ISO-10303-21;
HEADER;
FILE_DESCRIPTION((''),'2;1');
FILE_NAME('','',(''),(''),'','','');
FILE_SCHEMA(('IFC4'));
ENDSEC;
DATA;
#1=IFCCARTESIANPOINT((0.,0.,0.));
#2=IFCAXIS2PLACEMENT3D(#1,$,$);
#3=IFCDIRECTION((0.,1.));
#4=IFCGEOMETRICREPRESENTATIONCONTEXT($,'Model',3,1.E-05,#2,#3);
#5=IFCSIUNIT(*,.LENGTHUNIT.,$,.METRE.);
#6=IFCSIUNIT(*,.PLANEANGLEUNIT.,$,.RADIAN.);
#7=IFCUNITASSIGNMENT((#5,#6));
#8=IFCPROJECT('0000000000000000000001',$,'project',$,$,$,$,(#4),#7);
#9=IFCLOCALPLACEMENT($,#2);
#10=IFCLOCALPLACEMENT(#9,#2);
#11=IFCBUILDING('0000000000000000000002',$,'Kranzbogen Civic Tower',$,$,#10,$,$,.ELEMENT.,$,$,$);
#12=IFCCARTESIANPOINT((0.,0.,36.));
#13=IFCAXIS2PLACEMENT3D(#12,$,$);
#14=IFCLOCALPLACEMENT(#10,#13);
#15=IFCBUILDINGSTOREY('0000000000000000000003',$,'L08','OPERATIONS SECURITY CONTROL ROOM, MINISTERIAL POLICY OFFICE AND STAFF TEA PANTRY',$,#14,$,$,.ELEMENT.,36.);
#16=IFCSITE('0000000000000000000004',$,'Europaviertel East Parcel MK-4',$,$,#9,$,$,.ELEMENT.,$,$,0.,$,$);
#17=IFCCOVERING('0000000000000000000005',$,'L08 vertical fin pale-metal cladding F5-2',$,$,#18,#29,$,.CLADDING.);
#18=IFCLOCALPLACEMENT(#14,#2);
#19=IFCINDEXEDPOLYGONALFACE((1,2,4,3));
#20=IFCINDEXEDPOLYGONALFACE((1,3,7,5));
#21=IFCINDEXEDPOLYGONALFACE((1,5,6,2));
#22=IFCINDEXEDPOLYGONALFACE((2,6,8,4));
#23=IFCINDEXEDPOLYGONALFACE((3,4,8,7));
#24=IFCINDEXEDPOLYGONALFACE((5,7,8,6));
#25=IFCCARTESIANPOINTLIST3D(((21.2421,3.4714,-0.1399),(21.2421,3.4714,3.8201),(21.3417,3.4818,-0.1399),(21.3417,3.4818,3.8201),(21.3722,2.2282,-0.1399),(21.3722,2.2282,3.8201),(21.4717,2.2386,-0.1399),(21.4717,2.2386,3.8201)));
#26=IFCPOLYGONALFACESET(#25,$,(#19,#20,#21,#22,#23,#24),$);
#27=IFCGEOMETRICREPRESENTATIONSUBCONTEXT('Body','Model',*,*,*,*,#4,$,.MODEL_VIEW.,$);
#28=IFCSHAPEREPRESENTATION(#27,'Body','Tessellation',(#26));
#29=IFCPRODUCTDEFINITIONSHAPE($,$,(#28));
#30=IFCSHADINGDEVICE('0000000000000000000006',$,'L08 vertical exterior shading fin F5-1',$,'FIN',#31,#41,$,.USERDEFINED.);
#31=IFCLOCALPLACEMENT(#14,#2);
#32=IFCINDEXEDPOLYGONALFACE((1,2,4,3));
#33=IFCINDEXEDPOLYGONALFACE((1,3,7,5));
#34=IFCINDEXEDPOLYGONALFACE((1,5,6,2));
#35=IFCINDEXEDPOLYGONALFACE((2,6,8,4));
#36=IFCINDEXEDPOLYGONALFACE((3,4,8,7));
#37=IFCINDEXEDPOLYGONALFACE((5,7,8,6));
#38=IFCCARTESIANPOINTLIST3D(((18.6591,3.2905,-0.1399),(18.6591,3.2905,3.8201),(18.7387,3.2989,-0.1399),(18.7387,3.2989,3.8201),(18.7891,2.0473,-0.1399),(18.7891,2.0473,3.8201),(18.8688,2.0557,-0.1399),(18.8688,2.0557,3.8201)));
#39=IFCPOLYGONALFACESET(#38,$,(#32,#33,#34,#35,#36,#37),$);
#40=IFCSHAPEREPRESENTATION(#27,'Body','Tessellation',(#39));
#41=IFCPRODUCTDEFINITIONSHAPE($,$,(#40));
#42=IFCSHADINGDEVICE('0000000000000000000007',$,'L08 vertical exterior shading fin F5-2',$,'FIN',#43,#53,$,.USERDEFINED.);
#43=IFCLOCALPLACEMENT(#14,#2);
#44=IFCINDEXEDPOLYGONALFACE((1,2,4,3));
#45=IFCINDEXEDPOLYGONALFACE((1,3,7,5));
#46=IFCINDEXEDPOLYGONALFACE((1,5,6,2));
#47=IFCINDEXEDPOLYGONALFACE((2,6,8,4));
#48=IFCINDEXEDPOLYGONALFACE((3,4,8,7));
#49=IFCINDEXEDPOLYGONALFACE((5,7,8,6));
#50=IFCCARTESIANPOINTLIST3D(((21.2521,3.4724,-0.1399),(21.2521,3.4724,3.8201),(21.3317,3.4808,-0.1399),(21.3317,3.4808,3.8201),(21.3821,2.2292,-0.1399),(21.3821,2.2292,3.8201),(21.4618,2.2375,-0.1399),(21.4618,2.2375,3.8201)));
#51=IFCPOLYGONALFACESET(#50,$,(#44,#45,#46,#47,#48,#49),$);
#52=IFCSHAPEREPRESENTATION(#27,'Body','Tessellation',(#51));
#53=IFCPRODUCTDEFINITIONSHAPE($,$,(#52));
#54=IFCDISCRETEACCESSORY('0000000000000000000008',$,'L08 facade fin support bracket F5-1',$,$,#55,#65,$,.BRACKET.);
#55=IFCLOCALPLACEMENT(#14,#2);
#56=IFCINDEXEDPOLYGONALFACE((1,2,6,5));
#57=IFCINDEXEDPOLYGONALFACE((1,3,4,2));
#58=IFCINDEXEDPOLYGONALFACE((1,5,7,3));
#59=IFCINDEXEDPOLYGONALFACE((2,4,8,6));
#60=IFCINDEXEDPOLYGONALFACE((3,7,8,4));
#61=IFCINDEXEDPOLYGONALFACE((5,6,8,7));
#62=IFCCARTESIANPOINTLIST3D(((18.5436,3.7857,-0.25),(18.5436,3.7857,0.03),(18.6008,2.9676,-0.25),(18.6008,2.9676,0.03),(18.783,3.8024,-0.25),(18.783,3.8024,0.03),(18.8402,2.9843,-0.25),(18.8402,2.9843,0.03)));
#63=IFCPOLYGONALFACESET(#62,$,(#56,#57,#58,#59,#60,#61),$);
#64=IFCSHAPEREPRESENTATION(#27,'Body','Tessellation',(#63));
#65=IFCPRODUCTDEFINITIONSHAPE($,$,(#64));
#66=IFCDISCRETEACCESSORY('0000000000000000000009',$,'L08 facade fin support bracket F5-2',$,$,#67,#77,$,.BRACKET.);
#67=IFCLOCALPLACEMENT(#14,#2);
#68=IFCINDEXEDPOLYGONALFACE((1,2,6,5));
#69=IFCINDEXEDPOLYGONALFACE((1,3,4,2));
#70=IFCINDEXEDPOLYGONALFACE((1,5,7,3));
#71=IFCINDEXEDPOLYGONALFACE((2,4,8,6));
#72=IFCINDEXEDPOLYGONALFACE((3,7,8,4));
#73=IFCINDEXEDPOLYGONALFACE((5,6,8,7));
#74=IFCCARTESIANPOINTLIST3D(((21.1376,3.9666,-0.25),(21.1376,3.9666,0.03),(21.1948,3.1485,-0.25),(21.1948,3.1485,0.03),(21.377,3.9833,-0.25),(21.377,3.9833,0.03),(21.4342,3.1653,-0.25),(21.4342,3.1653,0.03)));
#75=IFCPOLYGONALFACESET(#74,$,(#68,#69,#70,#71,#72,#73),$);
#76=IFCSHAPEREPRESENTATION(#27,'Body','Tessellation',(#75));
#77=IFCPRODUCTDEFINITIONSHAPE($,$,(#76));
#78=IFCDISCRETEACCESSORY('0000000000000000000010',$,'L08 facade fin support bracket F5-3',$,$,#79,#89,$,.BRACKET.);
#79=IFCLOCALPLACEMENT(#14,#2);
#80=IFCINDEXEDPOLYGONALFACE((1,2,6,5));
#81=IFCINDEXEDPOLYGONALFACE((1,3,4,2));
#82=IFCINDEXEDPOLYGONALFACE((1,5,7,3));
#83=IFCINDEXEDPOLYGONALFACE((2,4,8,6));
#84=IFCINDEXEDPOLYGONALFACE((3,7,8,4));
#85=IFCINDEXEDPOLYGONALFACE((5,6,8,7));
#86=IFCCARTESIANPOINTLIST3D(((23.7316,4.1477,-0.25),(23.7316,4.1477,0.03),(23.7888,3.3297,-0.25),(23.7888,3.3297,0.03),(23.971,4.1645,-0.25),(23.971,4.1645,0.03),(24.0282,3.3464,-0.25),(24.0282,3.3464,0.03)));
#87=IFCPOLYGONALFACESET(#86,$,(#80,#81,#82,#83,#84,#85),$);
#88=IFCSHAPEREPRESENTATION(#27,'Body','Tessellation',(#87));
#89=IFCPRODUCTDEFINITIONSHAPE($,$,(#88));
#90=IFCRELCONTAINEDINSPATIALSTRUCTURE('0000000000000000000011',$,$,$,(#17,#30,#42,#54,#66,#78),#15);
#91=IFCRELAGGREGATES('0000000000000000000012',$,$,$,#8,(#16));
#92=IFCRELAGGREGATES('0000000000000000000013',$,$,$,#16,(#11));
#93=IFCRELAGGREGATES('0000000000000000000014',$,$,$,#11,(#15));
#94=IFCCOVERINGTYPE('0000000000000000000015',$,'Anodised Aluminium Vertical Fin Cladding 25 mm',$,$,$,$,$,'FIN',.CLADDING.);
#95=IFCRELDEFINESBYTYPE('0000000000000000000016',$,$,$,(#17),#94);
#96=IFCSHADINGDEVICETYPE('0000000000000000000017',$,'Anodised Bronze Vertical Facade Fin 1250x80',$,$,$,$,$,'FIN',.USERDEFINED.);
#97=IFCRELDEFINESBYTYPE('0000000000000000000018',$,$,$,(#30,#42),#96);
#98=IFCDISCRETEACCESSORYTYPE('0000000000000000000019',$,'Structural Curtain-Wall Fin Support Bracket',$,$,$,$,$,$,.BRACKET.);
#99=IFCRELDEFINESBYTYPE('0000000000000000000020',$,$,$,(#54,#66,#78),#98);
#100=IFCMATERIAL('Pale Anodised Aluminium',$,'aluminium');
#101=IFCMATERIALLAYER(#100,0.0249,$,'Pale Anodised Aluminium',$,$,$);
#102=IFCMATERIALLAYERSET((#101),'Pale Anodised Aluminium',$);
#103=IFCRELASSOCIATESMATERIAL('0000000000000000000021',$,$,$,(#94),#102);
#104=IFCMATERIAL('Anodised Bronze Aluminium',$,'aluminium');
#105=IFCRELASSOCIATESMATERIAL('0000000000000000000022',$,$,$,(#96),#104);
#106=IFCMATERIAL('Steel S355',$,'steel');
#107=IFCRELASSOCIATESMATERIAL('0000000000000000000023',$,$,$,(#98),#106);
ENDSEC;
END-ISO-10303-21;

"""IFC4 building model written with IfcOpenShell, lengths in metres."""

from ifc_helpers import new_model, si_unit, direction, frame, origin, origin_2d, place, context, subcontext, project, spatial, rectangle, extrude, material, layer, layer_set, type_object, element, save


model = new_model("IFC4")

# Units and contexts
model_context = context("Model", 3, precision=1e-05, world=origin(), true_north=direction((0.0, 1.0)))
body_context = subcontext(model_context, "Body", "Model", "MODEL_VIEW")
ifc_project = project(units=[si_unit("LENGTHUNIT", "METRE"), si_unit("PLANEANGLEUNIT", "RADIAN")], contexts=[model_context])

# Site, building, storey
site_placement = place(None, origin())
site = spatial("IfcSite", under=ifc_project, at=site_placement, Name="Europaviertel East Parcel MK-4", CompositionType="ELEMENT", RefElevation=0.0)
building_placement = place(site_placement, origin())
building = spatial("IfcBuilding", under=site, at=building_placement, Name="Kranzbogen Civic Tower", CompositionType="ELEMENT")
storey_placement = place(building_placement, frame((0.0, 0.0, 36.0)))
storey = spatial("IfcBuildingStorey", under=building, at=storey_placement, Name="L08", Description="OPERATIONS SECURITY CONTROL ROOM, MINISTERIAL POLICY OFFICE AND STAFF TEA PANTRY", CompositionType="ELEMENT", Elevation=36.0)

# Shared definitions
ifc_material_1 = material(Name="Pale Anodised Aluminium", Category="aluminium")

# Shared definitions
ifc_material_2 = material(Name="Steel S355", Category="steel")

# Covering
ifc_layer_1 = layer(ifc_material_1, 0.0249, Name="Pale Anodised Aluminium")
ifc_layer_set_1 = layer_set([ifc_layer_1], Name="Pale Anodised Aluminium")
covering_type = type_object("IfcCoveringType", Name="Anodised Aluminium Vertical Fin Cladding 25 mm", ElementType="FIN", PredefinedType="CLADDING", material=ifc_layer_set_1)
for number, where, z_axis, x_axis, name in (
    (1, (21.3569, 2.855, -0.1399), (0.0, 0.0, 1.0), (0.10406, -0.994571, 0.0), "L08 vertical fin pale-metal cladding F5-2"),
):
    element("IfcCovering", number, at=place(storey_placement, frame(where, z_axis=z_axis, x_axis=x_axis)), inside=storey, type_object=covering_type, Name=name, PredefinedType="CLADDING", context=body_context, shape_type="SweptSolid", body=[
        extrude(rectangle(XDim=1.25, YDim=0.1001, at=origin_2d()), origin(), (0.0, 0.0, 1.0), 3.96),
    ])

# Shading devices
ifc_material_3 = material(Name="Anodised Bronze Aluminium", Category="aluminium")
shading_device_type = type_object("IfcShadingDeviceType", Name="Anodised Bronze Vertical Facade Fin 1250x80", ElementType="FIN", PredefinedType="USERDEFINED", material=ifc_material_3)
for number, where, z_axis, x_axis, name in (
    (2, (18.7639, 2.6731, -0.1399), (0.0, 0.0, 1.0), (0.10406, -0.994571, 0.0), "L08 vertical exterior shading fin F5-1"),
    (3, (21.3569, 2.855, -0.1399), (0.0, 0.0, 1.0), (0.10406, -0.994571, 0.0), "L08 vertical exterior shading fin F5-2"),
):
    element("IfcShadingDevice", number, at=place(storey_placement, frame(where, z_axis=z_axis, x_axis=x_axis)), inside=storey, type_object=shading_device_type, Name=name, ObjectType="FIN", PredefinedType="USERDEFINED", context=body_context, shape_type="SweptSolid", body=[
        extrude(rectangle(XDim=1.25, YDim=0.0801, at=origin_2d()), origin(), (0.0, 0.0, 1.0), 3.96),
    ])

# Discrete accessories
discrete_accessory_type = type_object("IfcDiscreteAccessoryType", Name="Structural Curtain-Wall Fin Support Bracket", PredefinedType="BRACKET", material=ifc_material_2)
for number, where, z_axis, x_axis, name in (
    (4, (18.6919, 3.385, -0.25), (0.0, 0.0, 1.0), (0.069756, -0.997564, 0.0), "L08 facade fin support bracket F5-1"),
    (5, (21.2859, 3.5659, -0.25), (0.0, 0.0, 1.0), (0.069756, -0.997564, 0.0), "L08 facade fin support bracket F5-2"),
    (6, (23.8799, 3.7471, -0.25), (0.0, 0.0, 1.0), (0.069756, -0.997564, 0.0), "L08 facade fin support bracket F5-3"),
):
    element("IfcDiscreteAccessory", number, at=place(storey_placement, frame(where, z_axis=z_axis, x_axis=x_axis)), inside=storey, type_object=discrete_accessory_type, Name=name, PredefinedType="BRACKET", context=body_context, shape_type="SweptSolid", body=[
        extrude(rectangle(XDim=0.8201, YDim=0.24, at=origin_2d()), origin(), (0.0, 0.0, 1.0), 0.28),
    ])

save(model, "model.ifc")
